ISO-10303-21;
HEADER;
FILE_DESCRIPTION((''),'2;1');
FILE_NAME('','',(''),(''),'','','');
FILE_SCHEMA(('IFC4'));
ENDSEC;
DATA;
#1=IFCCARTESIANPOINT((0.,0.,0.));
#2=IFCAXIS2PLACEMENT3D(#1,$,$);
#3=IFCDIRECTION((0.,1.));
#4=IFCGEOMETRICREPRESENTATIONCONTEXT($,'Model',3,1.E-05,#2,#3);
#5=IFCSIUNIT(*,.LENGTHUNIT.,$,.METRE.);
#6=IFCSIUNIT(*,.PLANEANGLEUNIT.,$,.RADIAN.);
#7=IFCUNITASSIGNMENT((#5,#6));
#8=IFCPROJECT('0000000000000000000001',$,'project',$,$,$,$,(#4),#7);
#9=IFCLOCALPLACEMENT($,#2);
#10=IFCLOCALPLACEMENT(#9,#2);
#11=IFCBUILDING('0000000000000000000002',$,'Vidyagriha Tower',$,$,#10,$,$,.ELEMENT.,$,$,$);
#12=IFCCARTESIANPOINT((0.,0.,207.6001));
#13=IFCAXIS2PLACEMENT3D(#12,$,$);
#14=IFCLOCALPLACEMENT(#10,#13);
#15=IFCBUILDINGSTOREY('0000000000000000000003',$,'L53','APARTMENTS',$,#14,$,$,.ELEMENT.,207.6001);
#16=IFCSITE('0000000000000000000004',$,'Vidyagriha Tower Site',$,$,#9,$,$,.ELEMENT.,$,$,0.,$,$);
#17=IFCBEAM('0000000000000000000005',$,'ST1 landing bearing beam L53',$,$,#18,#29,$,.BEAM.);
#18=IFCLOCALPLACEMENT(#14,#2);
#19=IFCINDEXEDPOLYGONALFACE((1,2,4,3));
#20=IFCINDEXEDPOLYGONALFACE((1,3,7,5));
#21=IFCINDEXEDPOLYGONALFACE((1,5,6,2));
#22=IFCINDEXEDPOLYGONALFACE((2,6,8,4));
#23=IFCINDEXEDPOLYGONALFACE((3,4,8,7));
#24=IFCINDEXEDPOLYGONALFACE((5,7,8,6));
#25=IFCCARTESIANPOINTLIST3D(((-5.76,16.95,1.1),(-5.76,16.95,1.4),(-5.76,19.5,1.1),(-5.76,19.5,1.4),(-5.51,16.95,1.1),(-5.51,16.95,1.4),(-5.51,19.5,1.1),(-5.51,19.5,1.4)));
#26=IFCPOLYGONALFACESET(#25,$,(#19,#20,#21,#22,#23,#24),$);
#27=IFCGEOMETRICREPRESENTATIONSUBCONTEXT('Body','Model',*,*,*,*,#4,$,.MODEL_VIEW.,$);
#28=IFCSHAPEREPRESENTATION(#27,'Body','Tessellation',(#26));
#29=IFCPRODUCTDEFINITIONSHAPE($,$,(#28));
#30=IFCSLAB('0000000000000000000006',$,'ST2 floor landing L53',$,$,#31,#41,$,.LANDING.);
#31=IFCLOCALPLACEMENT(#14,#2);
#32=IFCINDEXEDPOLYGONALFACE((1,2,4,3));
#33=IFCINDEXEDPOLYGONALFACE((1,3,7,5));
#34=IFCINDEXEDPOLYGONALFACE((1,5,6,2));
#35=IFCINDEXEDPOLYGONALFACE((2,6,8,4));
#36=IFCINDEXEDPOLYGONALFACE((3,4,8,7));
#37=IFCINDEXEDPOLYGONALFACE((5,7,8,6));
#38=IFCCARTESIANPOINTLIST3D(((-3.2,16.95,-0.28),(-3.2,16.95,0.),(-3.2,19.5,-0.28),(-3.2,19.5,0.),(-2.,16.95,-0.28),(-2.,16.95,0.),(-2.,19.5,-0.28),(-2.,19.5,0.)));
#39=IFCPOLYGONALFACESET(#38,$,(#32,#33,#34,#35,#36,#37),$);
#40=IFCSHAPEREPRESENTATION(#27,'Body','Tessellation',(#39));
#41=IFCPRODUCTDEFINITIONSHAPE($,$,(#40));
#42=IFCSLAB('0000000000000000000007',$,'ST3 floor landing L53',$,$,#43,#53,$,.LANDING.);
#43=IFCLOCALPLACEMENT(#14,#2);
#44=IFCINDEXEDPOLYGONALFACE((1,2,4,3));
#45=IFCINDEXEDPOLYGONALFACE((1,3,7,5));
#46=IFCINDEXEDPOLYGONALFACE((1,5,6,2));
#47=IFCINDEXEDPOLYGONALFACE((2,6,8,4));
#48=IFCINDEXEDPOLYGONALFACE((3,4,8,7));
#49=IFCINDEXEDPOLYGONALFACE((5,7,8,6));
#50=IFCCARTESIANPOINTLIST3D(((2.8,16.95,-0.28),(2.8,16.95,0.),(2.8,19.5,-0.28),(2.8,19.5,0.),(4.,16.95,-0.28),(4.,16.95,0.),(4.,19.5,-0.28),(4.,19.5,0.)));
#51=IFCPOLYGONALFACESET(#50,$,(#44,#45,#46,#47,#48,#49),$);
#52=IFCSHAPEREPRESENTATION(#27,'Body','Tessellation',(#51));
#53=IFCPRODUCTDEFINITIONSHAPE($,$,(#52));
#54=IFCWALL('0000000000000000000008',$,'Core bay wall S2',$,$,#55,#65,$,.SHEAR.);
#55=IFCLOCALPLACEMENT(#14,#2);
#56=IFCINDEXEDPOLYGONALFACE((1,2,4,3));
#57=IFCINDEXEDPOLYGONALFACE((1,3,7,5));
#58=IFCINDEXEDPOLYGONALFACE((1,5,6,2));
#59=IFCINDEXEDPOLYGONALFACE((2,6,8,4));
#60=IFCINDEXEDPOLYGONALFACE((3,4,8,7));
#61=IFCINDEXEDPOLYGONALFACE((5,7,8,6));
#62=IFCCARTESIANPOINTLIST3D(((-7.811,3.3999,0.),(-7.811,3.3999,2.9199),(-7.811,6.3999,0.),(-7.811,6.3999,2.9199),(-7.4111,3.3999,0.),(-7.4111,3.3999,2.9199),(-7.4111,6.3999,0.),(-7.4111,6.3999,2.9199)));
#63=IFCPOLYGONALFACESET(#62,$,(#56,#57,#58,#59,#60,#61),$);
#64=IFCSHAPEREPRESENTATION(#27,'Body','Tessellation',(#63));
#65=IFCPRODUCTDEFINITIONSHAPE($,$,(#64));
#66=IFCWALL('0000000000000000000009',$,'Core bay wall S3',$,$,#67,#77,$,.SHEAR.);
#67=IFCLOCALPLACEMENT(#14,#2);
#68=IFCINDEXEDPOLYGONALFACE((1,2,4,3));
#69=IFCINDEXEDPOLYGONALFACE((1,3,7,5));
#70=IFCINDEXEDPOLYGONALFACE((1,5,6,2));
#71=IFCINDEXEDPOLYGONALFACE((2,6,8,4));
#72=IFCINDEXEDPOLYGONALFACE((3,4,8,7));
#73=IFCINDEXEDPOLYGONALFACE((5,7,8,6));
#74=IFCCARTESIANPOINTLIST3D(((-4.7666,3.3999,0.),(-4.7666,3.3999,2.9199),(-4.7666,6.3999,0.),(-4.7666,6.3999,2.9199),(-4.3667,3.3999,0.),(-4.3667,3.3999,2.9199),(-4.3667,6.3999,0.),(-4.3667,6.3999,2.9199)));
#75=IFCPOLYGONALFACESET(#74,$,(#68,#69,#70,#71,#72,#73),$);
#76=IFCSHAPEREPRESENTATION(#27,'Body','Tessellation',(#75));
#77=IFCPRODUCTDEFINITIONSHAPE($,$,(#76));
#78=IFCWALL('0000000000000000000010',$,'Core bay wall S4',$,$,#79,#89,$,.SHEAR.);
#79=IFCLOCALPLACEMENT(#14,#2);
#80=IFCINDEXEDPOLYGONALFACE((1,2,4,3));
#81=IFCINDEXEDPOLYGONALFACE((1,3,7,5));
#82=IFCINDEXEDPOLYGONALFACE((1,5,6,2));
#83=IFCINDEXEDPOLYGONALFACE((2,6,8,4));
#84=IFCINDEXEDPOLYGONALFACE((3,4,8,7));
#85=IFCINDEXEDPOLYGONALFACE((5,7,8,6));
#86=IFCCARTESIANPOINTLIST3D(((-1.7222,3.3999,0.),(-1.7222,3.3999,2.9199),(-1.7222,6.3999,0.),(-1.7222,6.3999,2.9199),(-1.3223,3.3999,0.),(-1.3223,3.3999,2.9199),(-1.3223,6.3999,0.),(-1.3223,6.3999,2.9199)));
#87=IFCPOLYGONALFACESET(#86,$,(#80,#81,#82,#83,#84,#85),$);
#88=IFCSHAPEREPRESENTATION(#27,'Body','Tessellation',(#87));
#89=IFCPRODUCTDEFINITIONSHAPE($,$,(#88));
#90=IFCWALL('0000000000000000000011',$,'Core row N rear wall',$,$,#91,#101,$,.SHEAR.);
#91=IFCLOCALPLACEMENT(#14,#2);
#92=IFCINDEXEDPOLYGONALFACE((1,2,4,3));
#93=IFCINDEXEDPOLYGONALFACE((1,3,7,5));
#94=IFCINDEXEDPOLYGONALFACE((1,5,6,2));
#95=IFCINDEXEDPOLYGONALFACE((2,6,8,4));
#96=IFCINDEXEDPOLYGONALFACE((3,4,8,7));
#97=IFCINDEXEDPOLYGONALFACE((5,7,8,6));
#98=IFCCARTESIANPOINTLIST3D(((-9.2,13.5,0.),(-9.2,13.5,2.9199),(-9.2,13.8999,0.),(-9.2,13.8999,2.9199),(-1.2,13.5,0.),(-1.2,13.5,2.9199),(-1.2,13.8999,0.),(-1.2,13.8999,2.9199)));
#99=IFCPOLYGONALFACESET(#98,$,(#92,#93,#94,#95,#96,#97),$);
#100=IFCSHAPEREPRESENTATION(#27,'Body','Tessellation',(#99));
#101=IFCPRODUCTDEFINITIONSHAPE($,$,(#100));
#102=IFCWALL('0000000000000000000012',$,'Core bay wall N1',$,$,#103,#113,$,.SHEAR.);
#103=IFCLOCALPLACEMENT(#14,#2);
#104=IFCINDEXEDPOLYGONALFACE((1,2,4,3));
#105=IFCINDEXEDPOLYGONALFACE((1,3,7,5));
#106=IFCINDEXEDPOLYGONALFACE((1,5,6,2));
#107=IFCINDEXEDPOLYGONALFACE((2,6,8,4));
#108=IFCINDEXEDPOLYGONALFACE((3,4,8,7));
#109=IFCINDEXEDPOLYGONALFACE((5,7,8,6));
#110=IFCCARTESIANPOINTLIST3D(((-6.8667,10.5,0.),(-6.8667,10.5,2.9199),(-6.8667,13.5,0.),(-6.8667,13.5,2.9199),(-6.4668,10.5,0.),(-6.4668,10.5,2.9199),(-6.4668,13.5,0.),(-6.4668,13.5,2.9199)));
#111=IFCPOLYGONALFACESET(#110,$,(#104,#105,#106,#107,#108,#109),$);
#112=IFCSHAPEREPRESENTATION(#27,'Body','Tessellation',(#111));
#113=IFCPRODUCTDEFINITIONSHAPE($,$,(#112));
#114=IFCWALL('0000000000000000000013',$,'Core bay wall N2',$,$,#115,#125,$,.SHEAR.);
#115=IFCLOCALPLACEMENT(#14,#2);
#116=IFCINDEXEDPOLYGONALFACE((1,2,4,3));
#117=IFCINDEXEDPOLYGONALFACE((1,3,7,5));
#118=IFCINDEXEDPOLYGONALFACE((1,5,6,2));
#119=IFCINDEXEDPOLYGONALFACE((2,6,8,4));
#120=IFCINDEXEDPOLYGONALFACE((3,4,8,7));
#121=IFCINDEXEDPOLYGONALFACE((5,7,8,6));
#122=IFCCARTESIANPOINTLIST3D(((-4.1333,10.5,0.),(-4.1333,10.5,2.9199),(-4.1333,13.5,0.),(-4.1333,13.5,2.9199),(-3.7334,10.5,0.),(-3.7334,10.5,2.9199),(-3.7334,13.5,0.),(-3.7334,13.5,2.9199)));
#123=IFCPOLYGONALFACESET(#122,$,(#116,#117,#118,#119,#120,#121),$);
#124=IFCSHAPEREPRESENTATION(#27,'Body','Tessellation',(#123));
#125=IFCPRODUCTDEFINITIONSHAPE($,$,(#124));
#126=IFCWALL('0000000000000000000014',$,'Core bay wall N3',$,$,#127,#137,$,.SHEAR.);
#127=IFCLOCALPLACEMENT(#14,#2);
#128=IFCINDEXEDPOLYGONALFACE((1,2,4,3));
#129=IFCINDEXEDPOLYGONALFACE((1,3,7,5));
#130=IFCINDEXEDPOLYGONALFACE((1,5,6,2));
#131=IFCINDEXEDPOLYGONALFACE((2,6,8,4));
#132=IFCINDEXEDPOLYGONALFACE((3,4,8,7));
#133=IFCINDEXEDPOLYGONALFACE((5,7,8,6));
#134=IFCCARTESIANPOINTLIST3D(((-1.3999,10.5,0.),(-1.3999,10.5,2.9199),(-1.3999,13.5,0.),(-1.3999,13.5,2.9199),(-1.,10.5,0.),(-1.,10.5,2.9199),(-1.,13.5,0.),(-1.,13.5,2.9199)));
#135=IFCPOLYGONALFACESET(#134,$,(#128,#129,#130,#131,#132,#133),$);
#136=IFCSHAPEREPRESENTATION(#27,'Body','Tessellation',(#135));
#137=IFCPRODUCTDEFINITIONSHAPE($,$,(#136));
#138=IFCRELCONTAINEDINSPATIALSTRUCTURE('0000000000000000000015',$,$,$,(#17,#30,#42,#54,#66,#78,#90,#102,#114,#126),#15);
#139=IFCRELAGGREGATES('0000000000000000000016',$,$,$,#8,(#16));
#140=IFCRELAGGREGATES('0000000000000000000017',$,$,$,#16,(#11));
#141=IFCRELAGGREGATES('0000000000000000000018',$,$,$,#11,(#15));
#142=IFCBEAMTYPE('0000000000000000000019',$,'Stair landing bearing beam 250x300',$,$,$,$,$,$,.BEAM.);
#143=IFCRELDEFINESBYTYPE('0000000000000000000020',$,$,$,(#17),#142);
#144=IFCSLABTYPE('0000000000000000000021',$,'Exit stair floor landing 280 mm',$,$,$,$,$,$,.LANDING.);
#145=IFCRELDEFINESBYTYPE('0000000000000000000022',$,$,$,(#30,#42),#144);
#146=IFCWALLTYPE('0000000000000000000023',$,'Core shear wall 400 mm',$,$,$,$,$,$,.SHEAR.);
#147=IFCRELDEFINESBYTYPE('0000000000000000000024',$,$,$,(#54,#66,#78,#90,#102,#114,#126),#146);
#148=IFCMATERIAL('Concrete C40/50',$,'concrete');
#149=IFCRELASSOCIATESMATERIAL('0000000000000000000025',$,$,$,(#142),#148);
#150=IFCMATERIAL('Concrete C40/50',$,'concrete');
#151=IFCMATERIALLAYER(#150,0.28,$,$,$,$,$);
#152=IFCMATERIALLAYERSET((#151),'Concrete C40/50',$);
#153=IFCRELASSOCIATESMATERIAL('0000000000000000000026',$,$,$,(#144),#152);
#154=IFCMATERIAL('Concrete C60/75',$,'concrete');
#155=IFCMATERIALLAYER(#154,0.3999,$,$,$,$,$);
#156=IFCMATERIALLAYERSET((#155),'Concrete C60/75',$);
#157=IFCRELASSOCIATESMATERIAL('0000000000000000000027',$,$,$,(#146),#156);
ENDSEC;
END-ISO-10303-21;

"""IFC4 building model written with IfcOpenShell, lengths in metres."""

from ifc_helpers import new_model, si_unit, direction, frame, frame_2d, origin, origin_2d, place, context, subcontext, project, spatial, polyline, rectangle, outline, extrude, material, layer, layer_set, material_profile, profile_set, type_object, element, save


model = new_model("IFC4")

# Units and contexts
model_context = context("Model", 3, precision=1e-05, world=origin(), true_north=direction((0.0, 1.0)))
body_context = subcontext(model_context, "Body", "Model", "MODEL_VIEW")
ifc_project = project(units=[si_unit("LENGTHUNIT", "METRE"), si_unit("PLANEANGLEUNIT", "RADIAN")], contexts=[model_context])

# Site, building, storey
site_placement = place(None, origin())
site = spatial("IfcSite", under=ifc_project, at=site_placement, Name="Vidyagriha Tower Site", CompositionType="ELEMENT", RefElevation=0.0)
building_placement = place(site_placement, origin())
building = spatial("IfcBuilding", under=site, at=building_placement, Name="Vidyagriha Tower", CompositionType="ELEMENT")
storey_placement = place(building_placement, frame((0.0, 0.0, 207.6001)))
storey = spatial("IfcBuildingStorey", under=building, at=storey_placement, Name="L53", Description="APARTMENTS", CompositionType="ELEMENT", Elevation=207.6001)

# Beam
ifc_material_1 = material(Name="Concrete C40/50", Category="concrete")
ifc_material_profile = material_profile(ifc_material_1, rectangle(XDim=0.25, YDim=0.3, at=origin_2d()), Name="Stair landing bearing beam 250x300")
ifc_profile_set = profile_set([ifc_material_profile], Name="Concrete C40/50")
beam_type = type_object("IfcBeamType", Name="Stair landing bearing beam 250x300", PredefinedType="BEAM", material=ifc_profile_set)
beam_placement = place(storey_placement, frame((-5.635, 16.95, 1.25), z_axis=(0.0, 1.0, 0.0), x_axis=(-1.0, 0.0, 0.0)))
element("IfcBeam", 1, at=beam_placement, inside=storey, type_object=beam_type, Name="ST1 landing bearing beam L53", PredefinedType="BEAM", context=body_context, shape_type="SweptSolid", body=[
    extrude(rectangle(XDim=0.25, YDim=0.3, at=origin_2d()), origin(), (0.0, 0.0, 1.0), 2.55),
])

# Slabs
ifc_material_2 = material(Name="Concrete C40/50", Category="concrete")
ifc_layer_1 = layer(ifc_material_2, 0.28)
ifc_layer_set_1 = layer_set([ifc_layer_1], Name="Concrete C40/50")
slab_type = type_object("IfcSlabType", Name="Exit stair floor landing 280 mm", PredefinedType="LANDING", material=ifc_layer_set_1)
slab_1_placement = place(storey_placement, frame((0.0, 0.0, -0.28)))
element("IfcSlab", 2, at=slab_1_placement, inside=storey, type_object=slab_type, Name="ST2 floor landing L53", PredefinedType="LANDING", context=body_context, shape_type="SweptSolid", body=[
    extrude(outline(polyline([(-3.2, 16.95), (-2.0, 16.95), (-2.0, 19.5), (-3.2, 19.5), (-3.2, 16.95)])), origin(), (0.0, 0.0, 1.0), 0.28),
])
slab_2_placement = place(storey_placement, frame((0.0, 0.0, -0.28)))
element("IfcSlab", 3, at=slab_2_placement, inside=storey, type_object=slab_type, Name="ST3 floor landing L53", PredefinedType="LANDING", context=body_context, shape_type="SweptSolid", body=[
    extrude(outline(polyline([(2.8, 16.95), (4.0, 16.95), (4.0, 19.5), (2.8, 19.5), (2.8, 16.95)])), origin(), (0.0, 0.0, 1.0), 0.28),
])

# Walls
ifc_material_3 = material(Name="Concrete C60/75", Category="concrete")
ifc_layer_2 = layer(ifc_material_3, 0.3999)
ifc_layer_set_2 = layer_set([ifc_layer_2], Name="Concrete C60/75")
wall_type = type_object("IfcWallType", Name="Core shear wall 400 mm", PredefinedType="SHEAR", material=ifc_layer_set_2)
for number, where, z_axis, x_axis, name in (
    (4, (-7.6111, 3.3999, 0.0), (0.0, 0.0, 1.0), (0.0, 1.0, 0.0), "Core bay wall S2"),
    (5, (-4.5667, 3.3999, 0.0), (0.0, 0.0, 1.0), (0.0, 1.0, 0.0), "Core bay wall S3"),
    (6, (-1.5222, 3.3999, 0.0), (0.0, 0.0, 1.0), (0.0, 1.0, 0.0), "Core bay wall S4"),
):
    element("IfcWall", number, at=place(storey_placement, frame(where, z_axis=z_axis, x_axis=x_axis)), inside=storey, type_object=wall_type, Name=name, PredefinedType="SHEAR", context=body_context, shape_type="SweptSolid", body=[
        extrude(rectangle(XDim=3.0, YDim=0.3999, at=frame_2d((1.5, 0.0))), origin(), (0.0, 0.0, 1.0), 2.9199),
    ])
wall_1_placement = place(storey_placement, frame((-9.2, 13.7, 0.0)))
element("IfcWall", 7, at=wall_1_placement, inside=storey, type_object=wall_type, Name="Core row N rear wall", PredefinedType="SHEAR", context=body_context, shape_type="SweptSolid", body=[
    extrude(rectangle(XDim=8.0, YDim=0.3999, at=frame_2d((4.0, 0.0))), origin(), (0.0, 0.0, 1.0), 2.9199),
])
for number, where, z_axis, x_axis, name in (
    (8, (-6.6667, 10.5, 0.0), (0.0, 0.0, 1.0), (0.0, 1.0, 0.0), "Core bay wall N1"),
    (9, (-3.9333, 10.5, 0.0), (0.0, 0.0, 1.0), (0.0, 1.0, 0.0), "Core bay wall N2"),
    (10, (-1.2, 10.5, 0.0), (0.0, 0.0, 1.0), (0.0, 1.0, 0.0), "Core bay wall N3"),
):
    element("IfcWall", number, at=place(storey_placement, frame(where, z_axis=z_axis, x_axis=x_axis)), inside=storey, type_object=wall_type, Name=name, PredefinedType="SHEAR", context=body_context, shape_type="SweptSolid", body=[
        extrude(rectangle(XDim=3.0, YDim=0.3999, at=frame_2d((1.5, 0.0))), origin(), (0.0, 0.0, 1.0), 2.9199),
    ])

save(model, "model.ifc")
